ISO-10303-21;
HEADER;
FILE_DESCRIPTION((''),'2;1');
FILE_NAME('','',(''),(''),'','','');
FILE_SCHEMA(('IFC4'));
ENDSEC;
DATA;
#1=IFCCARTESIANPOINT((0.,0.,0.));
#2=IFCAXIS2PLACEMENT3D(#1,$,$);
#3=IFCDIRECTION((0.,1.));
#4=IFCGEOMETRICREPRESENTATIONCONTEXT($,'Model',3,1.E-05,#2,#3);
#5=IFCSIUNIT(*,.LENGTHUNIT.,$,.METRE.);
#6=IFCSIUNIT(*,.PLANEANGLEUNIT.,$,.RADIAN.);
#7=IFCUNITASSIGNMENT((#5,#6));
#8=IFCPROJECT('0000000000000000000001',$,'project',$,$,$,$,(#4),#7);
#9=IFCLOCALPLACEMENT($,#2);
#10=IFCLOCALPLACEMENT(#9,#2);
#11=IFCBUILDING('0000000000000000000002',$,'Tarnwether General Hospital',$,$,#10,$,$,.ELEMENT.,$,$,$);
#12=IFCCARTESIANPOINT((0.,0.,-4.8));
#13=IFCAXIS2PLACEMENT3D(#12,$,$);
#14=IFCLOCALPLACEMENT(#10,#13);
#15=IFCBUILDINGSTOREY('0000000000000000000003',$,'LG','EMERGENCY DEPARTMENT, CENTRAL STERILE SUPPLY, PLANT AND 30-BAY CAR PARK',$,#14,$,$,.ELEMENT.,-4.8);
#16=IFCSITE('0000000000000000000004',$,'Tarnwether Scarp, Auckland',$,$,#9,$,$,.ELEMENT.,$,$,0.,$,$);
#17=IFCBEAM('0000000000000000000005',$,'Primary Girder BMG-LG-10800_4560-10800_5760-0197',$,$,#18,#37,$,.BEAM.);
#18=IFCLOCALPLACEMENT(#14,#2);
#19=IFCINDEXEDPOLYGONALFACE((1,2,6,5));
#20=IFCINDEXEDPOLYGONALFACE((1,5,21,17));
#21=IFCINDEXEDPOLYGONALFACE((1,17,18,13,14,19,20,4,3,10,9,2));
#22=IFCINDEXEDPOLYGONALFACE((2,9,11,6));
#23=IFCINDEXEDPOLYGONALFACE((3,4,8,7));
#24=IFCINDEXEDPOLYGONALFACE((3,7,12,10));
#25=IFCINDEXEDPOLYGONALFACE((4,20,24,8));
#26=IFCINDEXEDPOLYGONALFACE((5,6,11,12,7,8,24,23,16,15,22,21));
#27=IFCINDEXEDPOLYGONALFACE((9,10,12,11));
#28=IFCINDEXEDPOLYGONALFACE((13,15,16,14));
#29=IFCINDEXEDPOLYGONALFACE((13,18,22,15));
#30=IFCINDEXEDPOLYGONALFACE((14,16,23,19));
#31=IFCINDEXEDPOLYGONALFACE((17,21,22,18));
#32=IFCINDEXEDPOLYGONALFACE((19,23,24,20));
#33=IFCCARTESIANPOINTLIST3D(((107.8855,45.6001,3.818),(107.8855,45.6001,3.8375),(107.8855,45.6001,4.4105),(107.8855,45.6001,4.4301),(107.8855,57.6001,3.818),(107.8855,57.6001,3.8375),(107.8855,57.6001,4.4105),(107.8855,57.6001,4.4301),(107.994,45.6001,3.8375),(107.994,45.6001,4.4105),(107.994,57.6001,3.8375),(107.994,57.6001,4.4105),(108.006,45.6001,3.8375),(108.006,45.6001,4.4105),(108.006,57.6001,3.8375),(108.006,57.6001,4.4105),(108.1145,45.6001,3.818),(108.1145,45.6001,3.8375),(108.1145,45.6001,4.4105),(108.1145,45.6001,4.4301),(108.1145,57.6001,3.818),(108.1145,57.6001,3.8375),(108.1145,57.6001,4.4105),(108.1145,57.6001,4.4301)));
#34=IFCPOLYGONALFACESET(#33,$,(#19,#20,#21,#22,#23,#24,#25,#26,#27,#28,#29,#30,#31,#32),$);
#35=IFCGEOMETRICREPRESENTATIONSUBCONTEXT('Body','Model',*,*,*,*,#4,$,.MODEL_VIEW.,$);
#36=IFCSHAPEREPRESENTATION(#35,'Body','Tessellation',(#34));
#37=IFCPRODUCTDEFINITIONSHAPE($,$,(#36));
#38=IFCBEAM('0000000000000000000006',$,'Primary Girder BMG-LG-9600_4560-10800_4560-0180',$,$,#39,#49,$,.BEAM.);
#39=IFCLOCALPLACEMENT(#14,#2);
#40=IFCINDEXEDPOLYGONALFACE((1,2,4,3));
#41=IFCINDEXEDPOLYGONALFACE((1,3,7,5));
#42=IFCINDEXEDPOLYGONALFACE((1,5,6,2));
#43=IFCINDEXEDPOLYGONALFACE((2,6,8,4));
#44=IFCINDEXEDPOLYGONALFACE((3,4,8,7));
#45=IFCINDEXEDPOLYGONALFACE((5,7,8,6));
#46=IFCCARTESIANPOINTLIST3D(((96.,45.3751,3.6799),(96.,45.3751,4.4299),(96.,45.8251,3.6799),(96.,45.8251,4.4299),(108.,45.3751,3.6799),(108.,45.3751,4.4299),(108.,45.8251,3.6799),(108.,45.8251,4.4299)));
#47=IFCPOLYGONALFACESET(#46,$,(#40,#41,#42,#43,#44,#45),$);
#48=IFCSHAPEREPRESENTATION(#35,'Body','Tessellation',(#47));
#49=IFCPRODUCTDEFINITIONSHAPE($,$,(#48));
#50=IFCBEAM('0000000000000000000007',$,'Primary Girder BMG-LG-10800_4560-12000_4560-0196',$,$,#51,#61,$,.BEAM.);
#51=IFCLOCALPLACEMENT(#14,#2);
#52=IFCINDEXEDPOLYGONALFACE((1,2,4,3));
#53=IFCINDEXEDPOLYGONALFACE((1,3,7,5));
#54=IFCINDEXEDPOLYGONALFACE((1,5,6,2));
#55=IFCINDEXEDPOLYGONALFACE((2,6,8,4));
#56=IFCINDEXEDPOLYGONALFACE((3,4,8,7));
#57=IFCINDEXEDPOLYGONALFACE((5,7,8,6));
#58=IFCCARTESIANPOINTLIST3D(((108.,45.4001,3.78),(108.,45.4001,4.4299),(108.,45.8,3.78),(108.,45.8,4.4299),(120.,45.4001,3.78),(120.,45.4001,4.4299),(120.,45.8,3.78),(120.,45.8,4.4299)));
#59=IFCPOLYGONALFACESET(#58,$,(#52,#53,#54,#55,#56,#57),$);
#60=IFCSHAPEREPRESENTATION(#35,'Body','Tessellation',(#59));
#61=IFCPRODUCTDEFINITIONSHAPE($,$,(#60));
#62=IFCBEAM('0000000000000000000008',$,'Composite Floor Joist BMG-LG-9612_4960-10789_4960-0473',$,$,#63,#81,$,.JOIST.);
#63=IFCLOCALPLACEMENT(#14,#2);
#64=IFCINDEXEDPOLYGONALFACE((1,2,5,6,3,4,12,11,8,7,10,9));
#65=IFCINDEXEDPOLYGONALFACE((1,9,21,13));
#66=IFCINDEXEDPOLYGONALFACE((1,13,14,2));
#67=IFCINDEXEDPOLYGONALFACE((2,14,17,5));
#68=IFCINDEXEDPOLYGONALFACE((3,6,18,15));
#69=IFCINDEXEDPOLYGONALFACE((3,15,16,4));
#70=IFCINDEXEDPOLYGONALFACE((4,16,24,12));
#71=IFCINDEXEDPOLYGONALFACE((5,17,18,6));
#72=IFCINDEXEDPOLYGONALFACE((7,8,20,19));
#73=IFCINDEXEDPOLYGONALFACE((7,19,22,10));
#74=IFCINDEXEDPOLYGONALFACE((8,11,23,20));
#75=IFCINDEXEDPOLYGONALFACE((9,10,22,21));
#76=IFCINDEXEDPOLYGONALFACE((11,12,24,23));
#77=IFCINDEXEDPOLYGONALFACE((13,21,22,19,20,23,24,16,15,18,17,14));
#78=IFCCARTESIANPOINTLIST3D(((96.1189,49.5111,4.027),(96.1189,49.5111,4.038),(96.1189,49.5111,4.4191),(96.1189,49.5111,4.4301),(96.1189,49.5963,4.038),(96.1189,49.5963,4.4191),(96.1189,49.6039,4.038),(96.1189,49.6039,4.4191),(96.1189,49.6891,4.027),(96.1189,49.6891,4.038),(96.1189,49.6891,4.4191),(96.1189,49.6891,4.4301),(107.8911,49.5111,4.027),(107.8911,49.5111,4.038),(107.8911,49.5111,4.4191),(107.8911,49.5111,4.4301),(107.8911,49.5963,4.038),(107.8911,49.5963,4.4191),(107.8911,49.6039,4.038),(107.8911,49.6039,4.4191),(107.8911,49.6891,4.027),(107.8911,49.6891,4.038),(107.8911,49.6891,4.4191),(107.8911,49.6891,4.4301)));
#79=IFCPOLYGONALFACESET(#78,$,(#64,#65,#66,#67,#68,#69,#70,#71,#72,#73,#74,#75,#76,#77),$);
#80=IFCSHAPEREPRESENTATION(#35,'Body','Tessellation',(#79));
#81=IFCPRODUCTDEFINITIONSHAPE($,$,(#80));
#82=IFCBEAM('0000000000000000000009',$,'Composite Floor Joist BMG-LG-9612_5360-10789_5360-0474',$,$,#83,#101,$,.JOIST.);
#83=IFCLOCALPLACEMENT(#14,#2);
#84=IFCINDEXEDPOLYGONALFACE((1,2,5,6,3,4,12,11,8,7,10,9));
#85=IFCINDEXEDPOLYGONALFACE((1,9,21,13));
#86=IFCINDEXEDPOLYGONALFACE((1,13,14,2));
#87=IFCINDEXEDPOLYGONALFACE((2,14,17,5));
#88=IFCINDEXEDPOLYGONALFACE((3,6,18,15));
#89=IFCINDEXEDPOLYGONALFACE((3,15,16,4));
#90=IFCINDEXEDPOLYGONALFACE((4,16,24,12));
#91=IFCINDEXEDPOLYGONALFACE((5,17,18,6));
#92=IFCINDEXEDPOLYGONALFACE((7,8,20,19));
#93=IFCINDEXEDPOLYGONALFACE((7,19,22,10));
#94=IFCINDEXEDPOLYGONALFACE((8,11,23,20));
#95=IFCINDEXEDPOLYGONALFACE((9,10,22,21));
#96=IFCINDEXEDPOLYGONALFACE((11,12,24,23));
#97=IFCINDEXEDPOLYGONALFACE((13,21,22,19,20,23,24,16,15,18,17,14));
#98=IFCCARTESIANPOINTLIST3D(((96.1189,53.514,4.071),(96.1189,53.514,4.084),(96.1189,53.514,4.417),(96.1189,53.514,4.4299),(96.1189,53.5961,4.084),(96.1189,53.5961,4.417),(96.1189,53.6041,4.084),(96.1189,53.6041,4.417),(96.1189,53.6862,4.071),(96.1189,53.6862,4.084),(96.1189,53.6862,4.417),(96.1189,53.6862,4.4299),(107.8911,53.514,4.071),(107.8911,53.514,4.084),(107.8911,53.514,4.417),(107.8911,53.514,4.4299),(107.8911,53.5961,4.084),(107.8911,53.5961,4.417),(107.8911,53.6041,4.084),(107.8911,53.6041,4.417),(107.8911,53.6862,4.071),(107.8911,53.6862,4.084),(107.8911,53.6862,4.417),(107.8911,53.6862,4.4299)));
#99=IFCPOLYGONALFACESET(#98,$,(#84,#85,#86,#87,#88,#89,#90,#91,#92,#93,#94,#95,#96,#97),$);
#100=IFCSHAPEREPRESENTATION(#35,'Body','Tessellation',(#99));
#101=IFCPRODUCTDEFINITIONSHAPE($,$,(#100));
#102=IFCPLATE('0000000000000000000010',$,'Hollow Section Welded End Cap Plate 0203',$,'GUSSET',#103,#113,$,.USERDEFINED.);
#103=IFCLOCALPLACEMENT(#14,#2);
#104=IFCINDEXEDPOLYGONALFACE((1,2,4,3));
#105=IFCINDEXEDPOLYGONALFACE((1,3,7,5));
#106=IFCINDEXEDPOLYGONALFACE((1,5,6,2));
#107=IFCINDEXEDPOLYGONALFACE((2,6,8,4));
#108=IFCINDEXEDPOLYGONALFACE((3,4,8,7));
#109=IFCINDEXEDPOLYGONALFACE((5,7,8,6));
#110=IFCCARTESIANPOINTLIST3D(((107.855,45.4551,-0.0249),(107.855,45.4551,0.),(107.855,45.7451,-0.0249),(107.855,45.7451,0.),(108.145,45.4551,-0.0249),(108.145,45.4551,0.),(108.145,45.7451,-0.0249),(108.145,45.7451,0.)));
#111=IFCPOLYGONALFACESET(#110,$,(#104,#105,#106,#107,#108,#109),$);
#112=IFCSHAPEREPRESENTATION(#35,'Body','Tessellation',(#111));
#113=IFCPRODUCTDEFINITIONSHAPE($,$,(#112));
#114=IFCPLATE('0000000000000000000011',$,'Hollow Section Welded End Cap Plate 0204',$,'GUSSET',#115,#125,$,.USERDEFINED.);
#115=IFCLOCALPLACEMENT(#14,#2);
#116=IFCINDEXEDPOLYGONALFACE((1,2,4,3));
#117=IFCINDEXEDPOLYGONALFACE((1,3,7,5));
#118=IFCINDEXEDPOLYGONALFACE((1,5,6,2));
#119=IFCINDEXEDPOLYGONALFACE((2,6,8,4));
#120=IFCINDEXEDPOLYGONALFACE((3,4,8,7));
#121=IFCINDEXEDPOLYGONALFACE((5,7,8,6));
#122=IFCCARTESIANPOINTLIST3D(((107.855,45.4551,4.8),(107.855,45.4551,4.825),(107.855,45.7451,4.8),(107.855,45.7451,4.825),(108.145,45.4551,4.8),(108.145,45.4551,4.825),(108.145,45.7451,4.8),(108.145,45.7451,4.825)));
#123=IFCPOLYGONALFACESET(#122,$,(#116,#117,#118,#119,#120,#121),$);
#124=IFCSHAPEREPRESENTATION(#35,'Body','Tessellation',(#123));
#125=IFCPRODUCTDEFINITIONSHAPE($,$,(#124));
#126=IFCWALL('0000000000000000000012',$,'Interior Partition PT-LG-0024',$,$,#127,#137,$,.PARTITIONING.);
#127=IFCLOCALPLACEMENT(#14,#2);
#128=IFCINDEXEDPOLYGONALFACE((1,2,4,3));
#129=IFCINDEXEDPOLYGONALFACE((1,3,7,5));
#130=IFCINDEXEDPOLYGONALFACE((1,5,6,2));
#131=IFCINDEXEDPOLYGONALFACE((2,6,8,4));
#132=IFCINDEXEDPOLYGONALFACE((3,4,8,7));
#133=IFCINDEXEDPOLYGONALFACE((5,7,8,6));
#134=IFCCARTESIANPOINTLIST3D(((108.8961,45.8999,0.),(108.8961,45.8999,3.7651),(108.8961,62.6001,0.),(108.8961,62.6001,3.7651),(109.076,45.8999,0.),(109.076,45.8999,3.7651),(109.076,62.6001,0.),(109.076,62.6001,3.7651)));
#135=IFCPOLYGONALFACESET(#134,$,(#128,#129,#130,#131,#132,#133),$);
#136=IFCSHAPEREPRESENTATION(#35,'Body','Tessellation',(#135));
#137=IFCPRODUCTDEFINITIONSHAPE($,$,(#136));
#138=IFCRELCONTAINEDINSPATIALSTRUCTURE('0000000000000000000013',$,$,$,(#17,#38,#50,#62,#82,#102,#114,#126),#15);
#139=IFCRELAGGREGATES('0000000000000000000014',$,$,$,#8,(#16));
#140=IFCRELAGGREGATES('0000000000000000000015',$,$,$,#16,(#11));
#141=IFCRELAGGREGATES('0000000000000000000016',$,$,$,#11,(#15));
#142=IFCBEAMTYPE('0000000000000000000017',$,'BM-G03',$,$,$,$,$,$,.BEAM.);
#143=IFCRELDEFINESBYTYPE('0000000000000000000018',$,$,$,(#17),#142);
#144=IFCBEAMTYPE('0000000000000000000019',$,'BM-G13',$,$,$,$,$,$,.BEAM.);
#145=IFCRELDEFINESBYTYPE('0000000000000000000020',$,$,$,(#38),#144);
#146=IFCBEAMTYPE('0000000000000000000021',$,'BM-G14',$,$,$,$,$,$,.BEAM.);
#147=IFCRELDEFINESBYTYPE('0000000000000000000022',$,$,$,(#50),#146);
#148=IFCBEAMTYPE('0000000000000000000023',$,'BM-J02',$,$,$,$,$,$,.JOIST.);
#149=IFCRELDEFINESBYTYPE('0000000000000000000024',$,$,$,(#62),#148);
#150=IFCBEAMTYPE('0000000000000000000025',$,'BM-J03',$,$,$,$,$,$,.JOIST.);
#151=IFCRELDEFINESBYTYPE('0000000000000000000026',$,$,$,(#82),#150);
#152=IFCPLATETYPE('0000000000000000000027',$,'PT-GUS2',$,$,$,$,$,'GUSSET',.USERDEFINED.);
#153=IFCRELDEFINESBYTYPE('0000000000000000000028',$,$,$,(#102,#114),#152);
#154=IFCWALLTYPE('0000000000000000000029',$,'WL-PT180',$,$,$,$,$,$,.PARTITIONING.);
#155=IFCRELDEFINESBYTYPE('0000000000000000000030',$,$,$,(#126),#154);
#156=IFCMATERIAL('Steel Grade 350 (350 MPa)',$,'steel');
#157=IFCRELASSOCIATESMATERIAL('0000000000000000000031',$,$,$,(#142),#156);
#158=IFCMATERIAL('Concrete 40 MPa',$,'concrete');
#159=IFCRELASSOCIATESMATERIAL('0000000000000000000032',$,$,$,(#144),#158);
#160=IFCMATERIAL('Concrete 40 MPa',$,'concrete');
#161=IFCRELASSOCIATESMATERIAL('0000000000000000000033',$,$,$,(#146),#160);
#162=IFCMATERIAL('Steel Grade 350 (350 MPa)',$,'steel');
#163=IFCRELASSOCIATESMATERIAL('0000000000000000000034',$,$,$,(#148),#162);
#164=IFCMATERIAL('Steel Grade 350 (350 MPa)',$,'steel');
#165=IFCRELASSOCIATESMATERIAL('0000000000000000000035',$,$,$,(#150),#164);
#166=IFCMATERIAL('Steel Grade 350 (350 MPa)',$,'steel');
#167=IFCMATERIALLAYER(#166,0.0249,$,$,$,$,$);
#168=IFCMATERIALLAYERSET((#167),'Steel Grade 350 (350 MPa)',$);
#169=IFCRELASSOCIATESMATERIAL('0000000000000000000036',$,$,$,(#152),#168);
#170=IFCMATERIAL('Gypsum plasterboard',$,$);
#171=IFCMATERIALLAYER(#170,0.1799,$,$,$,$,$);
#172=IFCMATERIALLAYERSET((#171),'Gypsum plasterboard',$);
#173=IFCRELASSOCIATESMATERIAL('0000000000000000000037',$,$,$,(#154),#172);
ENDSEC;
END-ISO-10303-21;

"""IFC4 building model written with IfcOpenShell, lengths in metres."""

from ifc_helpers import new_model, si_unit, direction, frame, frame_2d, origin, origin_2d, place, context, subcontext, project, spatial, rectangle, i_section, extrude, material, layer, layer_set, material_profile, profile_set, type_object, element, save


model = new_model("IFC4")

# Units and contexts
model_context = context("Model", 3, precision=1e-05, world=origin(), true_north=direction((0.0, 1.0)))
body_context = subcontext(model_context, "Body", "Model", "MODEL_VIEW")
ifc_project = project(units=[si_unit("LENGTHUNIT", "METRE"), si_unit("PLANEANGLEUNIT", "RADIAN")], contexts=[model_context])

# Site, building, storey
site_placement = place(None, origin())
site = spatial("IfcSite", under=ifc_project, at=site_placement, Name="Tarnwether Scarp, Auckland", CompositionType="ELEMENT", RefElevation=0.0)
building_placement = place(site_placement, origin())
building = spatial("IfcBuilding", under=site, at=building_placement, Name="Tarnwether General Hospital", CompositionType="ELEMENT")
storey_placement = place(building_placement, frame((0.0, 0.0, -4.8)))
storey = spatial("IfcBuildingStorey", under=building, at=storey_placement, Name="LG", Description="EMERGENCY DEPARTMENT, CENTRAL STERILE SUPPLY, PLANT AND 30-BAY CAR PARK", CompositionType="ELEMENT", Elevation=-4.8)

# Beams
ifc_material_1 = material(Name="Steel Grade 350 (350 MPa)", Category="steel")
ifc_material_profile_1 = material_profile(ifc_material_1, i_section(OverallWidth=0.229, OverallDepth=0.6121, WebThickness=0.012, FlangeThickness=0.0195, at=origin_2d()), Name="610UB125")
ifc_profile_set_1 = profile_set([ifc_material_profile_1], Name="Steel Grade 350 (350 MPa)")
beam_type_1 = type_object("IfcBeamType", Name="BM-G03", PredefinedType="BEAM", material=ifc_profile_set_1)
beam_1_placement = place(storey_placement, frame((108.0, 45.6001, 4.124), z_axis=(0.0, 1.0, 0.0), x_axis=(-1.0, 0.0, 0.0)))
element("IfcBeam", 1, at=beam_1_placement, inside=storey, type_object=beam_type_1, Name="Primary Girder BMG-LG-10800_4560-10800_5760-0197", PredefinedType="BEAM", context=body_context, shape_type="SweptSolid", body=[
    extrude(i_section(OverallWidth=0.229, OverallDepth=0.6121, WebThickness=0.012, FlangeThickness=0.0195, at=origin_2d()), origin(), (0.0, 0.0, 1.0), 12.0),
])
ifc_material_2 = material(Name="Concrete 40 MPa", Category="concrete")
ifc_material_profile_2 = material_profile(ifc_material_2, rectangle(XDim=0.45, YDim=0.75, at=origin_2d()), Name="RC-BM-450x750")
ifc_profile_set_2 = profile_set([ifc_material_profile_2], Name="Concrete 40 MPa")
beam_type_2 = type_object("IfcBeamType", Name="BM-G13", PredefinedType="BEAM", material=ifc_profile_set_2)
beam_2_placement = place(storey_placement, frame((96.0, 45.6001, 4.0549), z_axis=(1.0, 0.0, 0.0), x_axis=(0.0, 1.0, 0.0)))
element("IfcBeam", 2, at=beam_2_placement, inside=storey, type_object=beam_type_2, Name="Primary Girder BMG-LG-9600_4560-10800_4560-0180", PredefinedType="BEAM", context=body_context, shape_type="SweptSolid", body=[
    extrude(rectangle(XDim=0.45, YDim=0.75, at=origin_2d()), origin(), (0.0, 0.0, 1.0), 12.0),
])
ifc_material_3 = material(Name="Concrete 40 MPa", Category="concrete")
ifc_material_profile_3 = material_profile(ifc_material_3, rectangle(XDim=0.3999, YDim=0.6499, at=origin_2d()), Name="RC-BM-400x650")
ifc_profile_set_3 = profile_set([ifc_material_profile_3], Name="Concrete 40 MPa")
beam_type_3 = type_object("IfcBeamType", Name="BM-G14", PredefinedType="BEAM", material=ifc_profile_set_3)
beam_3_placement = place(storey_placement, frame((108.0, 45.6001, 4.105), z_axis=(1.0, 0.0, 0.0), x_axis=(0.0, 1.0, 0.0)))
element("IfcBeam", 3, at=beam_3_placement, inside=storey, type_object=beam_type_3, Name="Primary Girder BMG-LG-10800_4560-12000_4560-0196", PredefinedType="BEAM", context=body_context, shape_type="SweptSolid", body=[
    extrude(rectangle(XDim=0.3999, YDim=0.6499, at=origin_2d()), origin(), (0.0, 0.0, 1.0), 12.0),
])
ifc_material_4 = material(Name="Steel Grade 350 (350 MPa)", Category="steel")
ifc_material_profile_4 = material_profile(ifc_material_4, i_section(OverallWidth=0.178, OverallDepth=0.4031, WebThickness=0.0076, FlangeThickness=0.011, at=origin_2d()), Name="410UB53.7")
ifc_profile_set_4 = profile_set([ifc_material_profile_4], Name="Steel Grade 350 (350 MPa)")
beam_type_4 = type_object("IfcBeamType", Name="BM-J02", PredefinedType="JOIST", material=ifc_profile_set_4)
beam_4_placement = place(storey_placement, frame((96.1189, 49.6001, 4.2285), z_axis=(1.0, 0.0, 0.0), x_axis=(0.0, 1.0, 0.0)))
element("IfcBeam", 4, at=beam_4_placement, inside=storey, type_object=beam_type_4, Name="Composite Floor Joist BMG-LG-9612_4960-10789_4960-0473", PredefinedType="JOIST", context=body_context, shape_type="SweptSolid", body=[
    extrude(i_section(OverallWidth=0.178, OverallDepth=0.4031, WebThickness=0.0076, FlangeThickness=0.011, at=origin_2d()), origin(), (0.0, 0.0, 1.0), 11.7722),
])
ifc_material_5 = material(Name="Steel Grade 350 (350 MPa)", Category="steel")
ifc_material_profile_5 = material_profile(ifc_material_5, i_section(OverallWidth=0.1721, OverallDepth=0.3589, WebThickness=0.0081, FlangeThickness=0.0129, at=origin_2d()), Name="360UB56.7")
ifc_profile_set_5 = profile_set([ifc_material_profile_5], Name="Steel Grade 350 (350 MPa)")
beam_type_5 = type_object("IfcBeamType", Name="BM-J03", PredefinedType="JOIST", material=ifc_profile_set_5)
beam_5_placement = place(storey_placement, frame((96.1189, 53.6001, 4.2505), z_axis=(1.0, 0.0, 0.0), x_axis=(0.0, 1.0, 0.0)))
element("IfcBeam", 5, at=beam_5_placement, inside=storey, type_object=beam_type_5, Name="Composite Floor Joist BMG-LG-9612_5360-10789_5360-0474", PredefinedType="JOIST", context=body_context, shape_type="SweptSolid", body=[
    extrude(i_section(OverallWidth=0.1721, OverallDepth=0.3589, WebThickness=0.0081, FlangeThickness=0.0129, at=origin_2d()), origin(), (0.0, 0.0, 1.0), 11.7722),
])

# Plates
ifc_material_6 = material(Name="Steel Grade 350 (350 MPa)", Category="steel")
ifc_layer_1 = layer(ifc_material_6, 0.0249)
ifc_layer_set_1 = layer_set([ifc_layer_1], Name="Steel Grade 350 (350 MPa)")
plate_type = type_object("IfcPlateType", Name="PT-GUS2", ElementType="GUSSET", PredefinedType="USERDEFINED", material=ifc_layer_set_1)
for number, where, z_axis, x_axis, name in (
    (6, (108.0, 45.6001, -0.0249), (0.0, 0.0, 1.0), (1.0, 0.0, 0.0), "Hollow Section Welded End Cap Plate 0203"),
    (7, (108.0, 45.6001, 4.8), (0.0, 0.0, 1.0), (1.0, 0.0, 0.0), "Hollow Section Welded End Cap Plate 0204"),
):
    element("IfcPlate", number, at=place(storey_placement, frame(where, z_axis=z_axis, x_axis=x_axis)), inside=storey, type_object=plate_type, Name=name, ObjectType="GUSSET", PredefinedType="USERDEFINED", context=body_context, shape_type="SweptSolid", body=[
        extrude(rectangle(XDim=0.29, YDim=0.29, at=origin_2d()), origin(), (0.0, 0.0, 1.0), 0.0249),
    ])

# Wall
ifc_material_7 = material(Name="Gypsum plasterboard")
ifc_layer_2 = layer(ifc_material_7, 0.1799)
ifc_layer_set_2 = layer_set([ifc_layer_2], Name="Gypsum plasterboard")
wall_type = type_object("IfcWallType", Name="WL-PT180", PredefinedType="PARTITIONING", material=ifc_layer_set_2)
wall_placement = place(storey_placement, frame((108.9861, 45.8999, 0.0), z_axis=(0.0, 0.0, 1.0), x_axis=(0.0, 1.0, 0.0)))
element("IfcWall", 8, at=wall_placement, inside=storey, type_object=wall_type, Name="Interior Partition PT-LG-0024", PredefinedType="PARTITIONING", context=body_context, shape_type="SweptSolid", body=[
    extrude(rectangle(XDim=16.7002, YDim=0.1799, at=frame_2d((8.3501, 0.0))), origin(), (0.0, 0.0, 1.0), 3.7651),
])

save(model, "model.ifc")
